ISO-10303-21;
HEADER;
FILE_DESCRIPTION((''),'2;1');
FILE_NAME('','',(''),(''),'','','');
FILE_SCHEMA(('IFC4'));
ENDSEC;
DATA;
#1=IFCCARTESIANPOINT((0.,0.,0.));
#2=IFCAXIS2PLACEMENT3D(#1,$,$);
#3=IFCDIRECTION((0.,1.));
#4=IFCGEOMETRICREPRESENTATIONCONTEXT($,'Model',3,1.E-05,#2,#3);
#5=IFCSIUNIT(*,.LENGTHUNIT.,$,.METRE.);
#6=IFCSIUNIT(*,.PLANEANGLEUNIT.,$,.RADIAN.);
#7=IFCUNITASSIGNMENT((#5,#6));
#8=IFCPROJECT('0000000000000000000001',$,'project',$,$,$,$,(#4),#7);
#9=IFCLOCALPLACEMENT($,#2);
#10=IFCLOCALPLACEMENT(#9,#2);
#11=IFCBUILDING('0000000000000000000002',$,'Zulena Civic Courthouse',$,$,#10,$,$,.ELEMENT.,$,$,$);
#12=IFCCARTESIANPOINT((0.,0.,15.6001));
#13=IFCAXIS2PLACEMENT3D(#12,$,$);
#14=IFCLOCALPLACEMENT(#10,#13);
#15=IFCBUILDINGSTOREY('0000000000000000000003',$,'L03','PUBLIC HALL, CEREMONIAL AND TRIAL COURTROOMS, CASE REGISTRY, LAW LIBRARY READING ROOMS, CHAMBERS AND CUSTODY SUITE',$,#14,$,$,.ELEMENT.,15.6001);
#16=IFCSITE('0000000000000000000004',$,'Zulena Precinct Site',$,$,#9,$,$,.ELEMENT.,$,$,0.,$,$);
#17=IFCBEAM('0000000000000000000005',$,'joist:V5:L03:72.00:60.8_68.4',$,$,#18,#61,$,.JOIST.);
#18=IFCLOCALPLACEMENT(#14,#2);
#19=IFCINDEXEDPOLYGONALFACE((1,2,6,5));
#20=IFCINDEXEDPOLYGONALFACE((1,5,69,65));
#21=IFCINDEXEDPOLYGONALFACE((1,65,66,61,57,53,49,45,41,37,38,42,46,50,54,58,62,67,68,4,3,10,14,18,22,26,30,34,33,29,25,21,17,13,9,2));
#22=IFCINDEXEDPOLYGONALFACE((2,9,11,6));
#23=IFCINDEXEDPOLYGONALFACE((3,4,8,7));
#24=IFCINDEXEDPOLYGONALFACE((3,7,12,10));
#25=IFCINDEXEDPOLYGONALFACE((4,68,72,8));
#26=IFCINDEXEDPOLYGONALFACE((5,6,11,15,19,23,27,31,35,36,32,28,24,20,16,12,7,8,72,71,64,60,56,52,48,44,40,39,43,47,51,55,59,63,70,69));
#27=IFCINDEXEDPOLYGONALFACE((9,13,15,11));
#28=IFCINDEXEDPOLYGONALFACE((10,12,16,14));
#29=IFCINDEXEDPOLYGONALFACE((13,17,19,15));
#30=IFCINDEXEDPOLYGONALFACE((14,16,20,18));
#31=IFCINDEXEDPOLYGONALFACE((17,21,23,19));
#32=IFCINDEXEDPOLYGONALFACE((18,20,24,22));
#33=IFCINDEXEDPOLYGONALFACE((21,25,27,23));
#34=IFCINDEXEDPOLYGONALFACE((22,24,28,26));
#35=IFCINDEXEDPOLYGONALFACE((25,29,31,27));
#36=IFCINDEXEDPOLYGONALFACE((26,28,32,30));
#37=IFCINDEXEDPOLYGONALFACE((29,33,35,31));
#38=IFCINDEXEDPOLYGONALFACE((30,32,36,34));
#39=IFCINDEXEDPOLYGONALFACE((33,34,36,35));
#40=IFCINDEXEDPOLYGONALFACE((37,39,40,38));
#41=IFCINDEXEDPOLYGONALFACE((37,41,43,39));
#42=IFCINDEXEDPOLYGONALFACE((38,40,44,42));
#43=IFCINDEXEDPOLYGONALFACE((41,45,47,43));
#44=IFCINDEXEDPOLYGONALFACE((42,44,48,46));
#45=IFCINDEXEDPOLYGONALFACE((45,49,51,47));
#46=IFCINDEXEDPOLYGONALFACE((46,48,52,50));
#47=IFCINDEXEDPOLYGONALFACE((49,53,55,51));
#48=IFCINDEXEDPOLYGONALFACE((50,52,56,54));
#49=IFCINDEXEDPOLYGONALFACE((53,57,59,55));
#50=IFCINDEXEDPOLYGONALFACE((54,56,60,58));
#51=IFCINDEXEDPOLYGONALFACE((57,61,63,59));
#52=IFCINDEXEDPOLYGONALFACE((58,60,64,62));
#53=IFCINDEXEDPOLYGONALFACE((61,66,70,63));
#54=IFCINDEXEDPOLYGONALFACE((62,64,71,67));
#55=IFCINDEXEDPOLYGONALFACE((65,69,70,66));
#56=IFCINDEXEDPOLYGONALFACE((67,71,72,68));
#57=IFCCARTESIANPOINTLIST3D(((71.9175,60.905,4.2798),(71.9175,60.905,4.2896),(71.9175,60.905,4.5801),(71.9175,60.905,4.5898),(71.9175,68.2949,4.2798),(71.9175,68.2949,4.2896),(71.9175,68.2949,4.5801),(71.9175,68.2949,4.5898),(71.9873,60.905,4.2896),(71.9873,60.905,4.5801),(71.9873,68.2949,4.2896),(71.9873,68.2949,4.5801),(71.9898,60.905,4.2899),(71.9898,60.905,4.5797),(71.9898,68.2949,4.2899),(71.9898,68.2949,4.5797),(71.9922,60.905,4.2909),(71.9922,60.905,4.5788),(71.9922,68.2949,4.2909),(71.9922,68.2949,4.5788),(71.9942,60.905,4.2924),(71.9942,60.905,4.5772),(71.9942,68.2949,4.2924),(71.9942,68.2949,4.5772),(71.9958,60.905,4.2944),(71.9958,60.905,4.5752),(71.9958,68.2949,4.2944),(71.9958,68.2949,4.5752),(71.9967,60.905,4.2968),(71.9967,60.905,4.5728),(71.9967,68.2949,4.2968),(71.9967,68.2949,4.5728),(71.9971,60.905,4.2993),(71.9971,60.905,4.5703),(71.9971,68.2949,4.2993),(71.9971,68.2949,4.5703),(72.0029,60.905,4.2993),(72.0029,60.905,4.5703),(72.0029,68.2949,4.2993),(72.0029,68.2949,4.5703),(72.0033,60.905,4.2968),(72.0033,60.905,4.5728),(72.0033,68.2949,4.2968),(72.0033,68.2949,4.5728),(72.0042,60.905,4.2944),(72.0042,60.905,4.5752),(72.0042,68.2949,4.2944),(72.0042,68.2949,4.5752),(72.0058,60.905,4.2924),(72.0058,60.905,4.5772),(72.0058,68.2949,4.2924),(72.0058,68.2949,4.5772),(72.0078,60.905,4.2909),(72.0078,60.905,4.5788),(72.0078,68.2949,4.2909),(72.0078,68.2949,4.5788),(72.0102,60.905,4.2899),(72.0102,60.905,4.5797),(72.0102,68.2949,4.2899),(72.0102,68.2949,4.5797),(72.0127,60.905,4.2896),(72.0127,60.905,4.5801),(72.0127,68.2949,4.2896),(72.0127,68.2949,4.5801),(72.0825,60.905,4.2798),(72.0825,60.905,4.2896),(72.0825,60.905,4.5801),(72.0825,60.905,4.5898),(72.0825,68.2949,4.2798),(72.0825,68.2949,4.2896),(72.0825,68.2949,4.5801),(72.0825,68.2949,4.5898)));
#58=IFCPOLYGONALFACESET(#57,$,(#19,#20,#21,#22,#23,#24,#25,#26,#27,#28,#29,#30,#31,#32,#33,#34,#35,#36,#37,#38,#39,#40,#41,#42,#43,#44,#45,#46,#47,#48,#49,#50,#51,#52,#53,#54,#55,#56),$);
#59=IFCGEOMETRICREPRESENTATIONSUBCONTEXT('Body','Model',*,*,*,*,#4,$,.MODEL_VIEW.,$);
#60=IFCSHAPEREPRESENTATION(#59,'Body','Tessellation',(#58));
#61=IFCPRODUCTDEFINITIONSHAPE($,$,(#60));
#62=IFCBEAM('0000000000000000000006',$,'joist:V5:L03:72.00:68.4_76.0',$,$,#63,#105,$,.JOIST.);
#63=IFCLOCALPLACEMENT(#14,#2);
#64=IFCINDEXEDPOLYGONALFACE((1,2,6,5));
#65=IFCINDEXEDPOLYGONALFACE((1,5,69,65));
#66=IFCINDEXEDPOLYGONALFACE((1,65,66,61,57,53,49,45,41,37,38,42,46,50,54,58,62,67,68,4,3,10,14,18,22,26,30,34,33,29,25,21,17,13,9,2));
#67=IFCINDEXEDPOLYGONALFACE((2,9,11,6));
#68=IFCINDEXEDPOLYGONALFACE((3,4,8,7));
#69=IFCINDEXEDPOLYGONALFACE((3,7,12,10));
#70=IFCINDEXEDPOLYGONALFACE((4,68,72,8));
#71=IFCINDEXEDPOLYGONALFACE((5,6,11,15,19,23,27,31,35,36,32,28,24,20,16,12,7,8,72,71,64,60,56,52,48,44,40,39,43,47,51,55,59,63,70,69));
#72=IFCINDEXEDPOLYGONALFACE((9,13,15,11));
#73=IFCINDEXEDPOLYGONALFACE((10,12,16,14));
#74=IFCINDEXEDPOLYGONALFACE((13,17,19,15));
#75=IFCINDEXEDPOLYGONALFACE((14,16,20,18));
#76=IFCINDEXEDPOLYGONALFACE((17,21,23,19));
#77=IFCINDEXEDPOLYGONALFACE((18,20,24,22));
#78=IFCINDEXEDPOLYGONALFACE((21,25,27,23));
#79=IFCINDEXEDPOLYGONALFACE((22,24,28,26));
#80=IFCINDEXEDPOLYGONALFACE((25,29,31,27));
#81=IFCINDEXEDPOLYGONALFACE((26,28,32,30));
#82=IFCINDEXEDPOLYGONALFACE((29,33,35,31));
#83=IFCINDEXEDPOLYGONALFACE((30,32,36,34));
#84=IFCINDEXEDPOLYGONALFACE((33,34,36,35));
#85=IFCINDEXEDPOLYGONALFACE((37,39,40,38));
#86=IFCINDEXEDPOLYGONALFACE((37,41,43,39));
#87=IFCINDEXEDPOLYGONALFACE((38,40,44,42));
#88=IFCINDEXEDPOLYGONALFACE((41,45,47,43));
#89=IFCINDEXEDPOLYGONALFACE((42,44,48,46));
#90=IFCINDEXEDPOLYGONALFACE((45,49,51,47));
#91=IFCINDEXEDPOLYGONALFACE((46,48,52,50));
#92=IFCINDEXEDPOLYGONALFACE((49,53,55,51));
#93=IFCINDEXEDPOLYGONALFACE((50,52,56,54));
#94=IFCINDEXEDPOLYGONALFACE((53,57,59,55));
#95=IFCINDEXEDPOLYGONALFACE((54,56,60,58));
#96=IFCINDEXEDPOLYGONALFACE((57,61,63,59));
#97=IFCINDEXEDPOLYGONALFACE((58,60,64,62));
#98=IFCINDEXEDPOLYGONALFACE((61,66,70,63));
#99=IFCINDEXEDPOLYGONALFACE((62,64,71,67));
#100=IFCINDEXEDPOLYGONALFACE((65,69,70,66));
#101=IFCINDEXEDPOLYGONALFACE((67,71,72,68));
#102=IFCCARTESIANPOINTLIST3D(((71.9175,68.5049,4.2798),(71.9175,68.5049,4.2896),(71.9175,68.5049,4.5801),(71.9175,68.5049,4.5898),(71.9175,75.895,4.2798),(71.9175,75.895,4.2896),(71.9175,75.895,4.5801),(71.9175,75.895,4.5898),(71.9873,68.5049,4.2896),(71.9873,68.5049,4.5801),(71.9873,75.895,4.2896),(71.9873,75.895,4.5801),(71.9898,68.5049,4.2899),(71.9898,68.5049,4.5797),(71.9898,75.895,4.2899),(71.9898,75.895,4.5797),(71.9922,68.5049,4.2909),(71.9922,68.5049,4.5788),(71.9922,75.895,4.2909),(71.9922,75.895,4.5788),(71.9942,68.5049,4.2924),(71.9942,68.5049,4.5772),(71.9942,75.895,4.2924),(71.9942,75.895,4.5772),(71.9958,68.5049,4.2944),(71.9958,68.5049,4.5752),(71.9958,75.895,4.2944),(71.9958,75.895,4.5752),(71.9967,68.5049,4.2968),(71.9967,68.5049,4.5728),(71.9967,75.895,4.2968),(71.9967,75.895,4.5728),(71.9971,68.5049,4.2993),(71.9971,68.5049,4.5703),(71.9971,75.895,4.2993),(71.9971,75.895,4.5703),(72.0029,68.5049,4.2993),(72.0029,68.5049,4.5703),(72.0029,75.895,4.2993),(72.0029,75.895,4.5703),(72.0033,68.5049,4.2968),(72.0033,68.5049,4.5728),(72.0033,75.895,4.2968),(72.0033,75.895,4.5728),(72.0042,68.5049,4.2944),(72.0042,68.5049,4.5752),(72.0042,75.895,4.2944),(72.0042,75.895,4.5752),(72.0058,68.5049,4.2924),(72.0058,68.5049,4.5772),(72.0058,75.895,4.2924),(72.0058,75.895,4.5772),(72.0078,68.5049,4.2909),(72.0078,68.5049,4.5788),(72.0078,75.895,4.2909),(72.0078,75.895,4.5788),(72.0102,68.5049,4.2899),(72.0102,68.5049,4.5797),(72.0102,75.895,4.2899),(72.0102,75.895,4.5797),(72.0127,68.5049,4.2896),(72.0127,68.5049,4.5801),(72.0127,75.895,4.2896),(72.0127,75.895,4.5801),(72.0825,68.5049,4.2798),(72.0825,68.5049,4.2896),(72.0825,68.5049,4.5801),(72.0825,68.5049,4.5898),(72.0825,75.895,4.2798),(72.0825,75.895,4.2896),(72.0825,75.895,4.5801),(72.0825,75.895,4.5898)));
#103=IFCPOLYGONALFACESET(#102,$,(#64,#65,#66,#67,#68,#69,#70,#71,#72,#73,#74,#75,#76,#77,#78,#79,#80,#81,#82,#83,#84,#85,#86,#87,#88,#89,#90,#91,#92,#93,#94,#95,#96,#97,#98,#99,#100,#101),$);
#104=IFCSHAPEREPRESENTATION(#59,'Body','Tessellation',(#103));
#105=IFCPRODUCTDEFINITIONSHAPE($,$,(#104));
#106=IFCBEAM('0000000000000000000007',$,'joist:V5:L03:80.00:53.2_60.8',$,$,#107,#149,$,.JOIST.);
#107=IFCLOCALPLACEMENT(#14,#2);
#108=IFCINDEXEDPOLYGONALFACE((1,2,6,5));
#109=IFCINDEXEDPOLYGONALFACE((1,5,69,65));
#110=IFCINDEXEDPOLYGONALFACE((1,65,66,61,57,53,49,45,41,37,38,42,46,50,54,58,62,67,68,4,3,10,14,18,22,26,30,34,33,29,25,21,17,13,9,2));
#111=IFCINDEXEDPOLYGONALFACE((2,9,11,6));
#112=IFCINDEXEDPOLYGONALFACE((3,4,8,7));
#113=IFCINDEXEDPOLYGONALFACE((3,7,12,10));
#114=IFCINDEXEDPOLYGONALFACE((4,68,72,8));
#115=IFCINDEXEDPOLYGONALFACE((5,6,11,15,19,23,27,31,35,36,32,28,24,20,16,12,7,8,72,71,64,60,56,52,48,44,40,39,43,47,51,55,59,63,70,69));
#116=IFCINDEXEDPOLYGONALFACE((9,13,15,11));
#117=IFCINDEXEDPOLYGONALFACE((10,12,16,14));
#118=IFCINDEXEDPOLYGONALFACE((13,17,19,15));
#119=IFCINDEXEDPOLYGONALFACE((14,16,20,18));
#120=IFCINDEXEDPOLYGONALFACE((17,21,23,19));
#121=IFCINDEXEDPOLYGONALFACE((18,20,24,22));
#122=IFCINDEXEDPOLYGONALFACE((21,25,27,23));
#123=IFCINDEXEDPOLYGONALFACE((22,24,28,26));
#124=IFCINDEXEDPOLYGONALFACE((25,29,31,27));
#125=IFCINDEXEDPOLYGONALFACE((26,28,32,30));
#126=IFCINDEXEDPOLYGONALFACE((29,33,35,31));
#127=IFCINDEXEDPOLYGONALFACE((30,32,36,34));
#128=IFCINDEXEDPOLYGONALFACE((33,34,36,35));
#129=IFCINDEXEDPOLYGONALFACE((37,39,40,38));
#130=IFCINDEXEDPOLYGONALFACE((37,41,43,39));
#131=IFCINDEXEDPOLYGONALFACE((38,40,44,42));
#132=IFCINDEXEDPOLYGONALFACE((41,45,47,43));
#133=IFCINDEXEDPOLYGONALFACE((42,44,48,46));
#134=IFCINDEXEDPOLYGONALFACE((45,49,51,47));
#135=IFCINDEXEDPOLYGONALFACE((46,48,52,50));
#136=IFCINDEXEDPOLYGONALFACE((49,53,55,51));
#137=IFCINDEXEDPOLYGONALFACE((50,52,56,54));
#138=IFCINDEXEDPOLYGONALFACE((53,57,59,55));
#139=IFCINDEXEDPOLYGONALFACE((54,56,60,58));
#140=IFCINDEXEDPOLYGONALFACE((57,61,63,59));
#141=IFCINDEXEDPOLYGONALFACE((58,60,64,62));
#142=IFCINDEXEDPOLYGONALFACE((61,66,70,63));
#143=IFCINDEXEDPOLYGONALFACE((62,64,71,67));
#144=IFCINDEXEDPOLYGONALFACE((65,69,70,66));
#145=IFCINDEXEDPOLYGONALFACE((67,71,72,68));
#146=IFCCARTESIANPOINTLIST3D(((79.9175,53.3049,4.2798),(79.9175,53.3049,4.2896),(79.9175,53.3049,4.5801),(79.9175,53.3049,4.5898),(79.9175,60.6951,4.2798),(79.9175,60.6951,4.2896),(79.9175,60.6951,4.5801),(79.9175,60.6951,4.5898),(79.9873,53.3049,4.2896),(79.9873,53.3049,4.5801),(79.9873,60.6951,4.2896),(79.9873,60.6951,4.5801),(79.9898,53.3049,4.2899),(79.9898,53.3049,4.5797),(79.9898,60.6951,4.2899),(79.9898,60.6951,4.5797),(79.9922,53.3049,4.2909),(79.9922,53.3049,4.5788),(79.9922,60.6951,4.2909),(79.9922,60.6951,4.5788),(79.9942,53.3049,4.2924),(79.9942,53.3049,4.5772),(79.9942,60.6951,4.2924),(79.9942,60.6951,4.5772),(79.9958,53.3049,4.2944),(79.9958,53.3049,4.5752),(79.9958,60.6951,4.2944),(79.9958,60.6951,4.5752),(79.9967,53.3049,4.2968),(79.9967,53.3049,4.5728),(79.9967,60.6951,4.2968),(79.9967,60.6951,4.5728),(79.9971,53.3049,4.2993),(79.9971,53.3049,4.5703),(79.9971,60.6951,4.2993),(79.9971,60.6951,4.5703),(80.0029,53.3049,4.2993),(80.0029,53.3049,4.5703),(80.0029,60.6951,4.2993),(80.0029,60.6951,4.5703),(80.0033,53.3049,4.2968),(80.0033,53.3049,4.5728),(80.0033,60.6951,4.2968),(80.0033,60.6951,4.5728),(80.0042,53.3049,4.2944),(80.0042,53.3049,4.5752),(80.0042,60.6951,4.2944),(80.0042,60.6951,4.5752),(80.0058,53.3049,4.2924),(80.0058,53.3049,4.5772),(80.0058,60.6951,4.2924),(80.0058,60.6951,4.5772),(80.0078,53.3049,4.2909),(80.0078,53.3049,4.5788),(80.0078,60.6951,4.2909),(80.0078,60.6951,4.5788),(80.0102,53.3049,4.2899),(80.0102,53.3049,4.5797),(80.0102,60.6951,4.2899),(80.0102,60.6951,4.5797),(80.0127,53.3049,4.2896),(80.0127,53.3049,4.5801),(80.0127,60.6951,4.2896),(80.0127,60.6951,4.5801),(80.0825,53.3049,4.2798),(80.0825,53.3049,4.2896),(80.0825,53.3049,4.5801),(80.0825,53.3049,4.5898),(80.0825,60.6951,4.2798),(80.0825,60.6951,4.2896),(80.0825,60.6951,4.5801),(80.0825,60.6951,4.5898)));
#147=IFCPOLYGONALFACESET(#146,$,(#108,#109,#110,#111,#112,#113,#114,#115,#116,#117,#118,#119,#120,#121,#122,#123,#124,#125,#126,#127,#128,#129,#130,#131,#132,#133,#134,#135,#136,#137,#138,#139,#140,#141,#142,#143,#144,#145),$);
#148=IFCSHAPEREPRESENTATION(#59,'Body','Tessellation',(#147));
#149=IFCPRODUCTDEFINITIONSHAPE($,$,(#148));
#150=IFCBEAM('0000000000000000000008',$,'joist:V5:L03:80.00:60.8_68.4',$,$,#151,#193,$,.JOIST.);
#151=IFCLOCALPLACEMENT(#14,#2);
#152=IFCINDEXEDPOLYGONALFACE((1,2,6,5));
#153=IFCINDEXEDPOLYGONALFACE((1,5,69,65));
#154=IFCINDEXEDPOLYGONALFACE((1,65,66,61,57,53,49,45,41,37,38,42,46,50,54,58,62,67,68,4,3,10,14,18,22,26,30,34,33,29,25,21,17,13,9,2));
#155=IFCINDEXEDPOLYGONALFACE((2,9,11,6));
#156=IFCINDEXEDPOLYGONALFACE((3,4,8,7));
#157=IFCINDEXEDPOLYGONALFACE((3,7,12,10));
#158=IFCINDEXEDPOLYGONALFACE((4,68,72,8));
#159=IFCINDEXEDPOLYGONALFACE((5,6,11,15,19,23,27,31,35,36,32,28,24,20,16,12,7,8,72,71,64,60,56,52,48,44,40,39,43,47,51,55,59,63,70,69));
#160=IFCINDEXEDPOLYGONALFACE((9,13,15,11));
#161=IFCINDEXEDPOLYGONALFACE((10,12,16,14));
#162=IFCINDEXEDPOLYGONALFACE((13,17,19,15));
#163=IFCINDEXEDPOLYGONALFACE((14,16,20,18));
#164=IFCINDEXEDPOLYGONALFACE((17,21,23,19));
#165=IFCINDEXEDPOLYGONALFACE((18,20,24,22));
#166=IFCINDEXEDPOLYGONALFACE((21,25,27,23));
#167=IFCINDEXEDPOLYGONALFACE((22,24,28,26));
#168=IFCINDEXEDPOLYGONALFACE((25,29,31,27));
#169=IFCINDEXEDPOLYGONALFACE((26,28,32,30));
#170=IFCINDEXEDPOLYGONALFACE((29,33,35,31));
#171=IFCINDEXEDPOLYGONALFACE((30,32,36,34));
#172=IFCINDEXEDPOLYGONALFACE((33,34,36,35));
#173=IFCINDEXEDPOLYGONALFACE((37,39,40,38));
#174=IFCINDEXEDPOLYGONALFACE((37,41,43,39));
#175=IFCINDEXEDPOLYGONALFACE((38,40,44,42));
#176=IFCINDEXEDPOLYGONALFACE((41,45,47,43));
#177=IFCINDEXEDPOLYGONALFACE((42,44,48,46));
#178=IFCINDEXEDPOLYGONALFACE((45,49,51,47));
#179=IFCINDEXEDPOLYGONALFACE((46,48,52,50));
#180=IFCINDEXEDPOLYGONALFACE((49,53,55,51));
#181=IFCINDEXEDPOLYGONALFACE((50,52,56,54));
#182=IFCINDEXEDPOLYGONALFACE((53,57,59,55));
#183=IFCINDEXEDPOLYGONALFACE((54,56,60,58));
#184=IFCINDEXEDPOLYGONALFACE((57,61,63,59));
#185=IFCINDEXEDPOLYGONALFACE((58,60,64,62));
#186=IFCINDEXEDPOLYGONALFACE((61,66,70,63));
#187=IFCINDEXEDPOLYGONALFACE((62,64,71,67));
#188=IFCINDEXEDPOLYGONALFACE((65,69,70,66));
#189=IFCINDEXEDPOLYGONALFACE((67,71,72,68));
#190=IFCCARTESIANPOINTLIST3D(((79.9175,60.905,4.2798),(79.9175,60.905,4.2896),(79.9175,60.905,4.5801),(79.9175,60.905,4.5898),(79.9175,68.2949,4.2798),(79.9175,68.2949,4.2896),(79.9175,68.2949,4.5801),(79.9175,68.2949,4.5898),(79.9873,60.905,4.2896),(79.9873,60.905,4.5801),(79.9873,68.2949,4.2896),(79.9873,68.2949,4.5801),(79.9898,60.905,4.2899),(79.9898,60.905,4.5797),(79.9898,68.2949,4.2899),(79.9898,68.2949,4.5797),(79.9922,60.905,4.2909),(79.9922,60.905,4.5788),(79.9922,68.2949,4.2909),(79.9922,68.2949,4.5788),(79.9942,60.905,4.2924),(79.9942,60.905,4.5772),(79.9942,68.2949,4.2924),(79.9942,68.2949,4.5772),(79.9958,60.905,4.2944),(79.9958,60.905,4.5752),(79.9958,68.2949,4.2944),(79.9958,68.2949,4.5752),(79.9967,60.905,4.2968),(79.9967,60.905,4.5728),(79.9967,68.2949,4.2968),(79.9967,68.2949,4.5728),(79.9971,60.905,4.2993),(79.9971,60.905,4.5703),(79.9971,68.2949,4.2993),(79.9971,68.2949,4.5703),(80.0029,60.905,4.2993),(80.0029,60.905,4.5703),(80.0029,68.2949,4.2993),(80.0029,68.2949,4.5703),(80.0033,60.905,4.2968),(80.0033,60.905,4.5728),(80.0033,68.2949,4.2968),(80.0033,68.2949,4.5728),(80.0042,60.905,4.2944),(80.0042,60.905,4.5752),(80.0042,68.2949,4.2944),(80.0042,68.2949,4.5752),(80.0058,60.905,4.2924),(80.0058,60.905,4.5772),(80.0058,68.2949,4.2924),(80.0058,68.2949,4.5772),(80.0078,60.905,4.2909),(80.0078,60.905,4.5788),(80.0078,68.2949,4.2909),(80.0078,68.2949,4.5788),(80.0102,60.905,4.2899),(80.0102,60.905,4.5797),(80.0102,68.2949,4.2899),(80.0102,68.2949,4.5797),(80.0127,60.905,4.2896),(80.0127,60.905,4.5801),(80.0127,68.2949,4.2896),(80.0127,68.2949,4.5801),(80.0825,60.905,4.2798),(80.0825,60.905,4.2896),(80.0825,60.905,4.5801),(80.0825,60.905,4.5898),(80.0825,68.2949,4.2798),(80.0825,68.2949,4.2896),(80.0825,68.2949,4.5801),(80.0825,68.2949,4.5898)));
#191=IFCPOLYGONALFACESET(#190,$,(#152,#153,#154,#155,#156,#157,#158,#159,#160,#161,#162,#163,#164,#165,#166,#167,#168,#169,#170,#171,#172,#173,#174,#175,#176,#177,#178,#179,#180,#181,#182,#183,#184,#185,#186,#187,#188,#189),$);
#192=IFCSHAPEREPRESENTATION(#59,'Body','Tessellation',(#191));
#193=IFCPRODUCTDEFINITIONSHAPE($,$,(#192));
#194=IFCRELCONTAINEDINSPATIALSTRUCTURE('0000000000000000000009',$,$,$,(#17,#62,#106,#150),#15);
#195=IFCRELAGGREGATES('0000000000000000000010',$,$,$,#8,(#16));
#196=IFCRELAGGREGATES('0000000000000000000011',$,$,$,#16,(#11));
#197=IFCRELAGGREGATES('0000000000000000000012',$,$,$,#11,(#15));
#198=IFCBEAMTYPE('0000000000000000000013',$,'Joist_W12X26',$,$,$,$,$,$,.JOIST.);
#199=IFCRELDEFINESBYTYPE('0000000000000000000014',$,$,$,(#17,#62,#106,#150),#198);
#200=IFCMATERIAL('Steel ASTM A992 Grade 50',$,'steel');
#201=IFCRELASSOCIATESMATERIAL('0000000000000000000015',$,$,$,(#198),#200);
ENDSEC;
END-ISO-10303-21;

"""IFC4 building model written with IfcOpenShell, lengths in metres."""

from ifc_helpers import new_model, si_unit, direction, frame, origin, origin_2d, place, context, subcontext, project, spatial, i_section, extrude, material, material_profile, profile_set, type_object, element, save


model = new_model("IFC4")

# Units and contexts
model_context = context("Model", 3, precision=1e-05, world=origin(), true_north=direction((0.0, 1.0)))
body_context = subcontext(model_context, "Body", "Model", "MODEL_VIEW")
ifc_project = project(units=[si_unit("LENGTHUNIT", "METRE"), si_unit("PLANEANGLEUNIT", "RADIAN")], contexts=[model_context])

# Site, building, storey
site_placement = place(None, origin())
site = spatial("IfcSite", under=ifc_project, at=site_placement, Name="Zulena Precinct Site", CompositionType="ELEMENT", RefElevation=0.0)
building_placement = place(site_placement, origin())
building = spatial("IfcBuilding", under=site, at=building_placement, Name="Zulena Civic Courthouse", CompositionType="ELEMENT")
storey_placement = place(building_placement, frame((0.0, 0.0, 15.6001)))
storey = spatial("IfcBuildingStorey", under=building, at=storey_placement, Name="L03", Description="PUBLIC HALL, CEREMONIAL AND TRIAL COURTROOMS, CASE REGISTRY, LAW LIBRARY READING ROOMS, CHAMBERS AND CUSTODY SUITE", CompositionType="ELEMENT", Elevation=15.6001)

# Shared definitions
ifc_material_1 = material(Name="Steel ASTM A992 Grade 50", Category="steel")

# Beams
ifc_material_profile_1 = material_profile(ifc_material_1, i_section(OverallWidth=0.165, OverallDepth=0.3101, WebThickness=0.0059, FlangeThickness=0.0098, FilletRadius=0.0098, at=origin_2d()), Name="W12X26")
ifc_profile_set_1 = profile_set([ifc_material_profile_1], Name="Steel ASTM A992 Grade 50")
beam_type_1 = type_object("IfcBeamType", Name="Joist_W12X26", PredefinedType="JOIST", material=ifc_profile_set_1)
beam_1_placement = place(storey_placement, frame((72.0, 60.905, 4.4348), z_axis=(0.0, 1.0, 0.0), x_axis=(-1.0, 0.0, 0.0)))
element("IfcBeam", 1, at=beam_1_placement, inside=storey, type_object=beam_type_1, Name="joist:V5:L03:72.00:60.8_68.4", PredefinedType="JOIST", context=body_context, shape_type="SweptSolid", body=[
    extrude(i_section(OverallWidth=0.165, OverallDepth=0.3101, WebThickness=0.0059, FlangeThickness=0.0098, FilletRadius=0.0098, at=origin_2d()), origin(), (0.0, 0.0, 1.0), 7.3899),
])
for number, where, z_axis, x_axis, name in (
    (2, (72.0, 68.5049, 4.4348), (0.0, 1.0, 0.0), (-1.0, 0.0, 0.0), "joist:V5:L03:72.00:68.4_76.0"),
    (3, (80.0, 53.3049, 4.4348), (0.0, 1.0, 0.0), (-1.0, 0.0, 0.0), "joist:V5:L03:80.00:53.2_60.8"),
):
    element("IfcBeam", number, at=place(storey_placement, frame(where, z_axis=z_axis, x_axis=x_axis)), inside=storey, type_object=beam_type_1, Name=name, PredefinedType="JOIST", context=body_context, shape_type="SweptSolid", body=[
        extrude(i_section(OverallWidth=0.165, OverallDepth=0.3101, WebThickness=0.0059, FlangeThickness=0.0098, FilletRadius=0.0098, at=origin_2d()), origin(), (0.0, 0.0, 1.0), 7.3901),
    ])
beam_2_placement = place(storey_placement, frame((80.0, 60.905, 4.4348), z_axis=(0.0, 1.0, 0.0), x_axis=(-1.0, 0.0, 0.0)))
element("IfcBeam", 4, at=beam_2_placement, inside=storey, type_object=beam_type_1, Name="joist:V5:L03:80.00:60.8_68.4", PredefinedType="JOIST", context=body_context, shape_type="SweptSolid", body=[
    extrude(i_section(OverallWidth=0.165, OverallDepth=0.3101, WebThickness=0.0059, FlangeThickness=0.0098, FilletRadius=0.0098, at=origin_2d()), origin(), (0.0, 0.0, 1.0), 7.3899),
])

save(model, "model.ifc")
